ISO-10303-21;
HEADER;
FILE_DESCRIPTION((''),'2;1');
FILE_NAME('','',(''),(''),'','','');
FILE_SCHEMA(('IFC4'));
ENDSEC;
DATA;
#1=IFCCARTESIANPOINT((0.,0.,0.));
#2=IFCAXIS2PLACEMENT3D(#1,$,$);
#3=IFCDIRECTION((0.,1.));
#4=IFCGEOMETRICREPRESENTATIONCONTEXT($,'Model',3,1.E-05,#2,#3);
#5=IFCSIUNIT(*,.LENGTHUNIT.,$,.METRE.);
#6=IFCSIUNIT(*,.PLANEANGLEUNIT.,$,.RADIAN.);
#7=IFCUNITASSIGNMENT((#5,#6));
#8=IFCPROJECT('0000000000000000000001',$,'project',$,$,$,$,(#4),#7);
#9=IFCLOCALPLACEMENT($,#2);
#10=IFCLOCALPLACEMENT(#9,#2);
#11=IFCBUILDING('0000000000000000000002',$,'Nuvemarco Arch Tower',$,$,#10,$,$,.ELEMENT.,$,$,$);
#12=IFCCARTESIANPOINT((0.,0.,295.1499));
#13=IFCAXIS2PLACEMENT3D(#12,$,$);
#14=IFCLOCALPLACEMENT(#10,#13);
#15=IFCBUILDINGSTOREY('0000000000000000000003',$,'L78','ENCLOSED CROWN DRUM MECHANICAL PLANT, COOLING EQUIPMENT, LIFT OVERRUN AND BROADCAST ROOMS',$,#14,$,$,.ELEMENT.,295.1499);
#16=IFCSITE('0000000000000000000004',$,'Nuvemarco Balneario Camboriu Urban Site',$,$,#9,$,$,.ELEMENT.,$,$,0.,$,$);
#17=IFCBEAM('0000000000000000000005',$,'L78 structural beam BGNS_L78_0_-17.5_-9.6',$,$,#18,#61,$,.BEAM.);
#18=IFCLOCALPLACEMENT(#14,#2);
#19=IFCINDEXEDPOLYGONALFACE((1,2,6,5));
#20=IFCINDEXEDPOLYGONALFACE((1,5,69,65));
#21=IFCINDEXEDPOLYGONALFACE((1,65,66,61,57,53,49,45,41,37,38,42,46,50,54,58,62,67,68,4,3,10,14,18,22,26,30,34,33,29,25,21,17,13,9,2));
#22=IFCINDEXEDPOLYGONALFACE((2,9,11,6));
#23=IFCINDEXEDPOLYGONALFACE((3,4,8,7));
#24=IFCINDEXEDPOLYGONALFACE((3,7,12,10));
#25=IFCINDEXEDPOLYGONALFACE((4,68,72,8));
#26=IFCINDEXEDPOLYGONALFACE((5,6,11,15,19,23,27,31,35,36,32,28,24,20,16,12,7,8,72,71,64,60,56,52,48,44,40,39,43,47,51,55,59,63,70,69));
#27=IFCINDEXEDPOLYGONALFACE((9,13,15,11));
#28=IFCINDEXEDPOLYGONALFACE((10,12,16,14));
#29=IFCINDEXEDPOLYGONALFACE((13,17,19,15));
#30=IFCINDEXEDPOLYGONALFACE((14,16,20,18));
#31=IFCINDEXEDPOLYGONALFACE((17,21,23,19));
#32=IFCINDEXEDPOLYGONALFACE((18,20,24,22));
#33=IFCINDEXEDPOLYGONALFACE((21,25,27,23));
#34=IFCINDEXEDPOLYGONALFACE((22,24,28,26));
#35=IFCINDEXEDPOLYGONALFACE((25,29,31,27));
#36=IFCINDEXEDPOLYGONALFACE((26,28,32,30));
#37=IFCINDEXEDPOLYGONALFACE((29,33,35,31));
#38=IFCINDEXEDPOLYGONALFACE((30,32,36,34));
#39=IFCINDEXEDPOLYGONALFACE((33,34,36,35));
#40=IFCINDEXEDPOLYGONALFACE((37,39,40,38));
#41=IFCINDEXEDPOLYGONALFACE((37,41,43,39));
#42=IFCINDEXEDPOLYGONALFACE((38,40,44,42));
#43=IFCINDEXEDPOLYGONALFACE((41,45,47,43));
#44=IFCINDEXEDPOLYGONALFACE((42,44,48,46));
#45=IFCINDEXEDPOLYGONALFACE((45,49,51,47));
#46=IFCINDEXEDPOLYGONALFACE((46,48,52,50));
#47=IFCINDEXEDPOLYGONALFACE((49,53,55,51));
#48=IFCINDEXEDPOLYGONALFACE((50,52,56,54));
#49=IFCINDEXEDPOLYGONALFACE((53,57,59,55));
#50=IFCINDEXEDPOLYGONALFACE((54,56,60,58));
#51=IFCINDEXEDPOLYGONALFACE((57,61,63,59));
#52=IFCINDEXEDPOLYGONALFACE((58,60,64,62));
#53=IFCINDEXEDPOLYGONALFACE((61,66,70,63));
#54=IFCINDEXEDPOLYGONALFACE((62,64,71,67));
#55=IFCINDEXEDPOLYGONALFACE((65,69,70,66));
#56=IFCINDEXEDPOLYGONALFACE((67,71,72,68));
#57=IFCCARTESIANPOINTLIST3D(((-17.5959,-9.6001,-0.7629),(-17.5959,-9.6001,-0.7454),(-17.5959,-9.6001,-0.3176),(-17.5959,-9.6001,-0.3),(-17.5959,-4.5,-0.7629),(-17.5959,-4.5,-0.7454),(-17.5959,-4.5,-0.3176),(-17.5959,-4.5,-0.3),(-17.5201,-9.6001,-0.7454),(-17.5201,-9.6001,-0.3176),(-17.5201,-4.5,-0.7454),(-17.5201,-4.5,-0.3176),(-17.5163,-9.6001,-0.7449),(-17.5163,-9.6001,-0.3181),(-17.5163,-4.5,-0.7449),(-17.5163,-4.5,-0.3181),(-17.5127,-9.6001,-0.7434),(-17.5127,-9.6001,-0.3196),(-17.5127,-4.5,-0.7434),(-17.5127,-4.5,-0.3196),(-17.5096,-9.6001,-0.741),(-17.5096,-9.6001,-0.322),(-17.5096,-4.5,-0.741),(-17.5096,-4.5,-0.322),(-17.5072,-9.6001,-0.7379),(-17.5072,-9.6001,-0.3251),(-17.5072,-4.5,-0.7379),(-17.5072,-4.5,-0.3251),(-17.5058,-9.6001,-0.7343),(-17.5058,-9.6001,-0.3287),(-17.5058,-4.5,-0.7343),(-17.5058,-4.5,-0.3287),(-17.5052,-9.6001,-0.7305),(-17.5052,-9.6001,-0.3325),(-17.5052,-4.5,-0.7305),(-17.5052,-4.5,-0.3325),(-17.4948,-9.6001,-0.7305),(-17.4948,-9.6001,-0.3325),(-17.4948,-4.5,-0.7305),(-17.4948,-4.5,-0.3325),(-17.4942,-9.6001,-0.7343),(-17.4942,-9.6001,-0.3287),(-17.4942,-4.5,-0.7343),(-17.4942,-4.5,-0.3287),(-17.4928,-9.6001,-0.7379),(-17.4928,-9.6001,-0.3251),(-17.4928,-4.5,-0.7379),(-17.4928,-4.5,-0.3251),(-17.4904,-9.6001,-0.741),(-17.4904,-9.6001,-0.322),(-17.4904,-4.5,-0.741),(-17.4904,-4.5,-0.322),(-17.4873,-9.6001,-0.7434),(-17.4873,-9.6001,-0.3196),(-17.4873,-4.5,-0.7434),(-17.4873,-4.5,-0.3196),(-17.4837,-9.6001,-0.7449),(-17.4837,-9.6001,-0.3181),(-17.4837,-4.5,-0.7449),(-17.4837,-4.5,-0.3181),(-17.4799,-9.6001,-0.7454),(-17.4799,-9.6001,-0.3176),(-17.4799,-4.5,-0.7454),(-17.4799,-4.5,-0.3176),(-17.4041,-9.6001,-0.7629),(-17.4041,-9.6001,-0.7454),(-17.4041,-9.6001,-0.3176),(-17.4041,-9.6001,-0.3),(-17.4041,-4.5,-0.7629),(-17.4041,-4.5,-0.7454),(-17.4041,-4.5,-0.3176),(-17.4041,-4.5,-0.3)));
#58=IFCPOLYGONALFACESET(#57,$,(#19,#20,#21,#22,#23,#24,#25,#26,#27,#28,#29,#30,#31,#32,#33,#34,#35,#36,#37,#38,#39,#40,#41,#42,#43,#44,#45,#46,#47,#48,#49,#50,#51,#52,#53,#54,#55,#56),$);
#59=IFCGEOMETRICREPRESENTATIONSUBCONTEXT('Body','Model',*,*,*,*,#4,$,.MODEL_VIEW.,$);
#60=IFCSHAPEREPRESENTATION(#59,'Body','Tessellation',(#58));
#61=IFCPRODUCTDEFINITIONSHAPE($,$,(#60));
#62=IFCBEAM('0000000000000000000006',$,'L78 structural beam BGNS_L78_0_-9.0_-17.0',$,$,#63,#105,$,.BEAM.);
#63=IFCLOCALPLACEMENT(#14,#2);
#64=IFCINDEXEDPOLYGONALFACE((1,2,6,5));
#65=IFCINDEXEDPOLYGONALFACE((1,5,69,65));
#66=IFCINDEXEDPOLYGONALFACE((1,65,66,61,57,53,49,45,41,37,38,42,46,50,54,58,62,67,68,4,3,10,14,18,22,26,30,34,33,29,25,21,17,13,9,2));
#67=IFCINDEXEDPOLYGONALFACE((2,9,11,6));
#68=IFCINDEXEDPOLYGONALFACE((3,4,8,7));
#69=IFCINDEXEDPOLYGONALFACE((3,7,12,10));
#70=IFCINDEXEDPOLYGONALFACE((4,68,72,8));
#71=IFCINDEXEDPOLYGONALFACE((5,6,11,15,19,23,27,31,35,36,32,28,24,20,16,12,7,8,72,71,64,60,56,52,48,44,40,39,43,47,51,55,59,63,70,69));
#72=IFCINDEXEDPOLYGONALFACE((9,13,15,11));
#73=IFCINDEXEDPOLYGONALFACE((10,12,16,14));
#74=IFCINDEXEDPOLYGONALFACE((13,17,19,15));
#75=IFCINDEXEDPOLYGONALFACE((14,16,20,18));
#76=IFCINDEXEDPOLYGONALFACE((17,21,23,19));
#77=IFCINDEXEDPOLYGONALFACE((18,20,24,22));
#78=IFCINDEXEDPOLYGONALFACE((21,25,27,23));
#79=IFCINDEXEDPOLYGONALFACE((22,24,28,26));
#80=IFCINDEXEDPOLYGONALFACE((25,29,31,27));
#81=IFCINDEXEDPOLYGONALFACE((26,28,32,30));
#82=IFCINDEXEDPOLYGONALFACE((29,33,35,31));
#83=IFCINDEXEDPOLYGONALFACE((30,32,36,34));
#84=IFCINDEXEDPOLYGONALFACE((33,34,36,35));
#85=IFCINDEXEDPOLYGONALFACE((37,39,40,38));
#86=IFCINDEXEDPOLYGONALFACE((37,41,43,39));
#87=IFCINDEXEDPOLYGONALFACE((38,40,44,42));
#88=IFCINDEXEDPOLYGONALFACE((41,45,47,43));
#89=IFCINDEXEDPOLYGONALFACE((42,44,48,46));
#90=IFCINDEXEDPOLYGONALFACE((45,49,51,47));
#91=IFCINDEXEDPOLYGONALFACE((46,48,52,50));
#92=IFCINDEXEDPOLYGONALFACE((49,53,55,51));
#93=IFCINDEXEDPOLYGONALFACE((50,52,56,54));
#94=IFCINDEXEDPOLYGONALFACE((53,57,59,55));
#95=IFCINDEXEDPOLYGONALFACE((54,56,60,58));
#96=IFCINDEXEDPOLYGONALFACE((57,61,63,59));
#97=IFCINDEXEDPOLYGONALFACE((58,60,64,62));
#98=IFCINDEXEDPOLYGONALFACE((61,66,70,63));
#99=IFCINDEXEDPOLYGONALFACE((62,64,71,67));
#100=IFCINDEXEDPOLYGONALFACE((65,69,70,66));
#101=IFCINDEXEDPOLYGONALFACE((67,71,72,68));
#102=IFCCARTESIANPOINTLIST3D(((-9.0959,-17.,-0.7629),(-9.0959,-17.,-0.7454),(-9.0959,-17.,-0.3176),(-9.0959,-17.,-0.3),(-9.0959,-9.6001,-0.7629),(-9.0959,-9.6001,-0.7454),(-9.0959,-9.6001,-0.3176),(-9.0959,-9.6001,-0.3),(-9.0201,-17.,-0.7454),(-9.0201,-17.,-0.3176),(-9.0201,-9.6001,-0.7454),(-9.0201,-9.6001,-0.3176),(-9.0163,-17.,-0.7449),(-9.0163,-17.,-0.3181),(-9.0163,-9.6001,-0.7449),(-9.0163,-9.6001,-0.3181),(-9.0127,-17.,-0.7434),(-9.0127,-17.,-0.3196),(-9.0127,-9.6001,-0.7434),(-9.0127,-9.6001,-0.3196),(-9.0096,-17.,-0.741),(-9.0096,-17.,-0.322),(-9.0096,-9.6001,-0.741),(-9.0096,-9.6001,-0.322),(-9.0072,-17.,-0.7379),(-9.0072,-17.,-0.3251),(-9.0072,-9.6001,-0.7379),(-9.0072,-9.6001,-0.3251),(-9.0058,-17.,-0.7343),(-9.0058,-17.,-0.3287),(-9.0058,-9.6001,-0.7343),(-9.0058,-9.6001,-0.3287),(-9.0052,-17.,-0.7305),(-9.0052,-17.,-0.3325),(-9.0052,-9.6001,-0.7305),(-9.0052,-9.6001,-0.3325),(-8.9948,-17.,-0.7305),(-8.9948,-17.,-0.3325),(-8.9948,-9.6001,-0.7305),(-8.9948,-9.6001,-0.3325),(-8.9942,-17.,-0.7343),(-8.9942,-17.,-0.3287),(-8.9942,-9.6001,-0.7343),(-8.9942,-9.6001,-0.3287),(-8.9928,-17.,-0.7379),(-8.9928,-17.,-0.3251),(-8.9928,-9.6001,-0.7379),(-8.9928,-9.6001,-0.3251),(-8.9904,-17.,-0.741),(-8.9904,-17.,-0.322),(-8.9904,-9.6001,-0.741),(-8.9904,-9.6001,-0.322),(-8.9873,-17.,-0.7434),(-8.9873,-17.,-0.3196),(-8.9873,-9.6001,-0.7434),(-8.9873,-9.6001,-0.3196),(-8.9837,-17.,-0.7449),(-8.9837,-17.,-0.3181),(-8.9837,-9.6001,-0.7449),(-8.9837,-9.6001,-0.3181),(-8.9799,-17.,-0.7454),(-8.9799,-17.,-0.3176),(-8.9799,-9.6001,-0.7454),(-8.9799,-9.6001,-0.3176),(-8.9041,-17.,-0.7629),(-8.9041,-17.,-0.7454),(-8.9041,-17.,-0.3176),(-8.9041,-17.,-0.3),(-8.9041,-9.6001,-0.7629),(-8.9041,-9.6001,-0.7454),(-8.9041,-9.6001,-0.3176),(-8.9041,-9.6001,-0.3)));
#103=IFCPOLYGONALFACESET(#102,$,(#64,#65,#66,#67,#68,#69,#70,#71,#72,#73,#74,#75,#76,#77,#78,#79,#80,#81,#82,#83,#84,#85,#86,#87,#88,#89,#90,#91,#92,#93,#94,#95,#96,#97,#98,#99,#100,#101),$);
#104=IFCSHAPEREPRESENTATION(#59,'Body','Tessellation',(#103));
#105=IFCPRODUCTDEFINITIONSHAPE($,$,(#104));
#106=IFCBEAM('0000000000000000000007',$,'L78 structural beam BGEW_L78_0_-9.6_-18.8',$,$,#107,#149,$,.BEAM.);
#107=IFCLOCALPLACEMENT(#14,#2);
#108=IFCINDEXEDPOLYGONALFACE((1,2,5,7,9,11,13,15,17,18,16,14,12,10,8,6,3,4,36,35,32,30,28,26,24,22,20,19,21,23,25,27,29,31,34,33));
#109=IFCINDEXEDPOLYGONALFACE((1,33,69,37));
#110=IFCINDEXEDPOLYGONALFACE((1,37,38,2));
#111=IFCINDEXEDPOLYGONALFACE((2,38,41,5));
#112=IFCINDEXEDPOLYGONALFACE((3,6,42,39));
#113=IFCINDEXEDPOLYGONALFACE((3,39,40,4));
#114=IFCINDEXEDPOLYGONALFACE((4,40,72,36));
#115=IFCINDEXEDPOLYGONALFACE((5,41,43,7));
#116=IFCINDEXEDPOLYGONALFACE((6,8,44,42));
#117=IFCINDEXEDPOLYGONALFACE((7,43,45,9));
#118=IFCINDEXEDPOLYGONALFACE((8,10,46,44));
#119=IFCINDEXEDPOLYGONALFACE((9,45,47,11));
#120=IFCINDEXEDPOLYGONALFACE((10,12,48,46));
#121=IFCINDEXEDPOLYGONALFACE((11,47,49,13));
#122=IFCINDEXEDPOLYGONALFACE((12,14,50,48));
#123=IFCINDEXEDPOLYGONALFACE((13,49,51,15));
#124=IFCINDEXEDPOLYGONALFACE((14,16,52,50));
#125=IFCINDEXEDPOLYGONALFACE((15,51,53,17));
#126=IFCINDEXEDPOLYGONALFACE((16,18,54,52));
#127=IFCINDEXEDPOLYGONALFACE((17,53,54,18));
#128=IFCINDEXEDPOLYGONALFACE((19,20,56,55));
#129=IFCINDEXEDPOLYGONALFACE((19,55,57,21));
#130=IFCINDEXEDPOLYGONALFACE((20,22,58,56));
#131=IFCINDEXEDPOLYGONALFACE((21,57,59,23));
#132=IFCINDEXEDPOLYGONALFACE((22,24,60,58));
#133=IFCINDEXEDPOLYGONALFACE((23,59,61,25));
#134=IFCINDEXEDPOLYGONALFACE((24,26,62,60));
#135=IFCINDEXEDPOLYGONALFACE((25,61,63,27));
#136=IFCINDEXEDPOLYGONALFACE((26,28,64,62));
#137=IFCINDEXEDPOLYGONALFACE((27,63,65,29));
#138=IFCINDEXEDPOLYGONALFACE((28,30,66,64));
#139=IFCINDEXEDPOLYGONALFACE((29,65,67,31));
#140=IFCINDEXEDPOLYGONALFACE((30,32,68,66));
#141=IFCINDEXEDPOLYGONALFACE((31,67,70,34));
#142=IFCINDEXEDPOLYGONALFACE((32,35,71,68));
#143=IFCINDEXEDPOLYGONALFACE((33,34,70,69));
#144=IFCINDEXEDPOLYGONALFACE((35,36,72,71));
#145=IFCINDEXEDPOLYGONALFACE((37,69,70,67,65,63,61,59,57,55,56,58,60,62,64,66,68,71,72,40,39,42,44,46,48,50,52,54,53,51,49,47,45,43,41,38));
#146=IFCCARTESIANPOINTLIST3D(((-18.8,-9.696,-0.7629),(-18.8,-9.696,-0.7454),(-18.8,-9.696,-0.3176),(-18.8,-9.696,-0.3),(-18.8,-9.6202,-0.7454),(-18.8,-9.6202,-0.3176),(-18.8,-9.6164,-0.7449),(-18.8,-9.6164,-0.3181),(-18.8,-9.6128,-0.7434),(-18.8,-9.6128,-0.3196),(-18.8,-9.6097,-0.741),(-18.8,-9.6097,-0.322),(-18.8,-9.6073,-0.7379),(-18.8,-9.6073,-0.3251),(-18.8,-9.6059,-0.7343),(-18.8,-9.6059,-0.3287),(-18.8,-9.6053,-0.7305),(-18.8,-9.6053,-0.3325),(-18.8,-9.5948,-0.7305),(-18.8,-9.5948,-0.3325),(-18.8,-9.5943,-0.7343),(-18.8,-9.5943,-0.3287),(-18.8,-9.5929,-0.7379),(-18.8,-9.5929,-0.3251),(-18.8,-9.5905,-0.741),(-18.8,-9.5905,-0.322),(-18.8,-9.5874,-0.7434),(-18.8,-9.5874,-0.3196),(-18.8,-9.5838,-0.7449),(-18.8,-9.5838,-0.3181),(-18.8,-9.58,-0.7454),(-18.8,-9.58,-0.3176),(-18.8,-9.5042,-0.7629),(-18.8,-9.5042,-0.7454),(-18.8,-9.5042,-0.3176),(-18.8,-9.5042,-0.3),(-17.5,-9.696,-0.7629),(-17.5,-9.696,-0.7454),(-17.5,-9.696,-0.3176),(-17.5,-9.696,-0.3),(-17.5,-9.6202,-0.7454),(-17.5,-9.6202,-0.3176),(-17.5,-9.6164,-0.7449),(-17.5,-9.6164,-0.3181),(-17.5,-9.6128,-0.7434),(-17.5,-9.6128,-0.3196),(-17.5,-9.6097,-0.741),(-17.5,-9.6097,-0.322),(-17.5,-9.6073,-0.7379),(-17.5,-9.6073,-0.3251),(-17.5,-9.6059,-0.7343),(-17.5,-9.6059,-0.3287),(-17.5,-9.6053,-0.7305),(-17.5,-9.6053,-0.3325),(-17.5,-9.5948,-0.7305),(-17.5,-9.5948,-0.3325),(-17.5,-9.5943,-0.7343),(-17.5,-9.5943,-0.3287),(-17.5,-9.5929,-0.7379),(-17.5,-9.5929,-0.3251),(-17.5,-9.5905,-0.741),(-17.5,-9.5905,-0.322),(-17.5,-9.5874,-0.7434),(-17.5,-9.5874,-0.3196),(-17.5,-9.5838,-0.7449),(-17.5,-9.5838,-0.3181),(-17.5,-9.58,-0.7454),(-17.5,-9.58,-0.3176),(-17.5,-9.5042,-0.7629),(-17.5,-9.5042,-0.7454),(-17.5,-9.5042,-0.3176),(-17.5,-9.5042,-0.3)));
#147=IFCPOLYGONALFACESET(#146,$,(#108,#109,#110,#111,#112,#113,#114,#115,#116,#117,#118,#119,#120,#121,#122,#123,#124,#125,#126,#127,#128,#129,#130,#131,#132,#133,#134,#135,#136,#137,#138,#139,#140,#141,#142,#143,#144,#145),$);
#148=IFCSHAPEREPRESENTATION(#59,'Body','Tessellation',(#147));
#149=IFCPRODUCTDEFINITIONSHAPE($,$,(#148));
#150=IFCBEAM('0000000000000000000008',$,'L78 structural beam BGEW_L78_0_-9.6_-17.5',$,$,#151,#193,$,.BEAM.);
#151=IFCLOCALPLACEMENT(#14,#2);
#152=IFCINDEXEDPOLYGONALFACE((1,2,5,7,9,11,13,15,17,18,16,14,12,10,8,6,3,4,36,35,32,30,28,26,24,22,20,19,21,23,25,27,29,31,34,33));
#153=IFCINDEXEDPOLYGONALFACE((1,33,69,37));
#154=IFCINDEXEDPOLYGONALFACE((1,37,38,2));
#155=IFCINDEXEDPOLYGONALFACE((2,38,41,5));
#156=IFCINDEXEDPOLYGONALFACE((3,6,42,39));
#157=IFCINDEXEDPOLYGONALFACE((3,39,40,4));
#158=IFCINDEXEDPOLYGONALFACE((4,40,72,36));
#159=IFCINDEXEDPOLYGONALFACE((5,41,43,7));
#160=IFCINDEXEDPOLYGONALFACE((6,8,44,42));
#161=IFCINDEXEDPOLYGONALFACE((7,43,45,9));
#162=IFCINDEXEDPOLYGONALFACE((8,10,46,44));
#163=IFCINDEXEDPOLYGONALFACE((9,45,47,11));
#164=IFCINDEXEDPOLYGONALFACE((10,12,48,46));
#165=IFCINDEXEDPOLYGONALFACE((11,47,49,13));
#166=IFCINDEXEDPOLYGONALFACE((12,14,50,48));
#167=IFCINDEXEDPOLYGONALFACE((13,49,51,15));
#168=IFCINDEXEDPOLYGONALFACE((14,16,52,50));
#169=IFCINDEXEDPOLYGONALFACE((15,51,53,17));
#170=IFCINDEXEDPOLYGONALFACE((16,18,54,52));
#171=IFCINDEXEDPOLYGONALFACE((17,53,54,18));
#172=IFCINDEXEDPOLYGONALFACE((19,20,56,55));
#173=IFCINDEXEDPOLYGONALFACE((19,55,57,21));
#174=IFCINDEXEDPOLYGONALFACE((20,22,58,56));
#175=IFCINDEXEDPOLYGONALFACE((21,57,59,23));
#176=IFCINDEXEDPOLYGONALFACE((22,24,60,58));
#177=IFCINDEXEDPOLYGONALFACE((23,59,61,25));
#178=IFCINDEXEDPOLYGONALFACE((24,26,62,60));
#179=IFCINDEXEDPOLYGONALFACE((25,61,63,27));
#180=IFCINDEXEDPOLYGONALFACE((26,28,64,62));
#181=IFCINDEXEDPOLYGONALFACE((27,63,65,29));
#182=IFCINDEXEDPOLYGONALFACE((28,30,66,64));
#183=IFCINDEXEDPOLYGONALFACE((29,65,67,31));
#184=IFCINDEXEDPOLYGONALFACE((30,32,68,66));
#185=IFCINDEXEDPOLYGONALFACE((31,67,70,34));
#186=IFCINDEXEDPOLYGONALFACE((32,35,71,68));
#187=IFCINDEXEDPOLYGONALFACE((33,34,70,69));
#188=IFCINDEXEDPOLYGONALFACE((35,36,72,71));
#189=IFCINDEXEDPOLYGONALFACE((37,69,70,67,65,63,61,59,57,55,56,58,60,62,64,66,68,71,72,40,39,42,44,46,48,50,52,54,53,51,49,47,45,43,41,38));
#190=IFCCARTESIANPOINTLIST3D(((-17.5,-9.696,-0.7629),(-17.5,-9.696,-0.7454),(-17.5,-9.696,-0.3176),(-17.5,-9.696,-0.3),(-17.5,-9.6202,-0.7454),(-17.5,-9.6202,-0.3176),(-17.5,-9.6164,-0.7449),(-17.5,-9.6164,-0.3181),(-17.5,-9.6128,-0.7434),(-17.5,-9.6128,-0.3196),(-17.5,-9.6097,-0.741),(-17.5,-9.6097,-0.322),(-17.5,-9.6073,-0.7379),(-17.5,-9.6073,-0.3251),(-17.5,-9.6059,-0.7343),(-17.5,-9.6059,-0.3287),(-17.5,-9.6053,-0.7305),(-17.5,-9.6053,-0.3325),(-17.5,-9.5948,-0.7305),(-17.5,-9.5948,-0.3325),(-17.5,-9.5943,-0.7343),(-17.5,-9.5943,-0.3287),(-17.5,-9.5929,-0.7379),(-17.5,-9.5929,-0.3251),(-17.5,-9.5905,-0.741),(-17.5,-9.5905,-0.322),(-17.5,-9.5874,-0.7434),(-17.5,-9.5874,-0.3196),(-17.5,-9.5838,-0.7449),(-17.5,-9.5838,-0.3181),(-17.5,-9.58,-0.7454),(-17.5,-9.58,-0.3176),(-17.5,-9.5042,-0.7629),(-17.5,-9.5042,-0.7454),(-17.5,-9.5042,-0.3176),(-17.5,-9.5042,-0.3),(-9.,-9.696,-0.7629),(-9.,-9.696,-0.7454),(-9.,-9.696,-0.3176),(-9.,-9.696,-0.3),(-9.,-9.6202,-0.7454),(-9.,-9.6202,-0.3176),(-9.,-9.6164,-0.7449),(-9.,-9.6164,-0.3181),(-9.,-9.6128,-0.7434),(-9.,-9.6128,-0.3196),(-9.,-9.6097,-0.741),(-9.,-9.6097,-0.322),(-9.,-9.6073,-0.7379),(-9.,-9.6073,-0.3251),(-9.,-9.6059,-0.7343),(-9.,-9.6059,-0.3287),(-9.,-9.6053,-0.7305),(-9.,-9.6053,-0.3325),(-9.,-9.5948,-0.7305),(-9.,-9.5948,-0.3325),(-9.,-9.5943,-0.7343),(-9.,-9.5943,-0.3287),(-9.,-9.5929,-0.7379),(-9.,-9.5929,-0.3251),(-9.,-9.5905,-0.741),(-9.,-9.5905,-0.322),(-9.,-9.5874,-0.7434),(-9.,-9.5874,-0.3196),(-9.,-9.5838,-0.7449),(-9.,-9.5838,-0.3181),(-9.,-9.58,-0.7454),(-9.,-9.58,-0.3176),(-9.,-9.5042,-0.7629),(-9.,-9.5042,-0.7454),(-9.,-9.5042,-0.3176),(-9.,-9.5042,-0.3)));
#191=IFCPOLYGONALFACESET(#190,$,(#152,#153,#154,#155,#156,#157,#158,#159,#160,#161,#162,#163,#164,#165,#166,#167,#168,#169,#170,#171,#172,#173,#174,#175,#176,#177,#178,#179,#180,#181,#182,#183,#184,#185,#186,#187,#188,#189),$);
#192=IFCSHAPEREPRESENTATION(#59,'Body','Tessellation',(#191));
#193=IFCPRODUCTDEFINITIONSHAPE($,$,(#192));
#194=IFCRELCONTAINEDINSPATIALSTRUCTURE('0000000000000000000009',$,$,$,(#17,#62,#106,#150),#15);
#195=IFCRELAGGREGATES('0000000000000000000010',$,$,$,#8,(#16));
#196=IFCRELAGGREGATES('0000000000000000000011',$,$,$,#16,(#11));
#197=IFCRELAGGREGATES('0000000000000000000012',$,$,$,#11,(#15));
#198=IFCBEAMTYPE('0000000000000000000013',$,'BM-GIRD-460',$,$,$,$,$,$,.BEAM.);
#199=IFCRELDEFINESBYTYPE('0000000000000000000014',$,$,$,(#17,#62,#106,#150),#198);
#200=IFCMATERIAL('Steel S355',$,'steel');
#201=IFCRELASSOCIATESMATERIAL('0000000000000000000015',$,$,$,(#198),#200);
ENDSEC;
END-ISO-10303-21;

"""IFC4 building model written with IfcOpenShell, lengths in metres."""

from ifc_helpers import new_model, si_unit, direction, frame, origin, origin_2d, place, context, subcontext, project, spatial, i_section, extrude, material, material_profile, profile_set, type_object, element, save


model = new_model("IFC4")

# Units and contexts
model_context = context("Model", 3, precision=1e-05, world=origin(), true_north=direction((0.0, 1.0)))
body_context = subcontext(model_context, "Body", "Model", "MODEL_VIEW")
ifc_project = project(units=[si_unit("LENGTHUNIT", "METRE"), si_unit("PLANEANGLEUNIT", "RADIAN")], contexts=[model_context])

# Site, building, storey
site_placement = place(None, origin())
site = spatial("IfcSite", under=ifc_project, at=site_placement, Name="Nuvemarco Balneario Camboriu Urban Site", CompositionType="ELEMENT", RefElevation=0.0)
building_placement = place(site_placement, origin())
building = spatial("IfcBuilding", under=site, at=building_placement, Name="Nuvemarco Arch Tower", CompositionType="ELEMENT")
storey_placement = place(building_placement, frame((0.0, 0.0, 295.1499)))
storey = spatial("IfcBuildingStorey", under=building, at=storey_placement, Name="L78", Description="ENCLOSED CROWN DRUM MECHANICAL PLANT, COOLING EQUIPMENT, LIFT OVERRUN AND BROADCAST ROOMS", CompositionType="ELEMENT", Elevation=295.1499)

# Shared definitions
ifc_material_1 = material(Name="Steel S355", Category="steel")

# Beams
ifc_material_profile_1 = material_profile(ifc_material_1, i_section(OverallWidth=0.1919, OverallDepth=0.4629, WebThickness=0.0105, FlangeThickness=0.0176, FilletRadius=0.0149, at=origin_2d()), Name="W460x89")
ifc_profile_set_1 = profile_set([ifc_material_profile_1], Name="Steel S355")
beam_type_1 = type_object("IfcBeamType", Name="BM-GIRD-460", PredefinedType="BEAM", material=ifc_profile_set_1)
beam_1_placement = place(storey_placement, frame((-17.5, -9.6001, -0.5315), z_axis=(0.0, 1.0, 0.0), x_axis=(-1.0, 0.0, 0.0)))
element("IfcBeam", 1, at=beam_1_placement, inside=storey, type_object=beam_type_1, Name="L78 structural beam BGNS_L78_0_-17.5_-9.6", PredefinedType="BEAM", context=body_context, shape_type="SweptSolid", body=[
    extrude(i_section(OverallWidth=0.1919, OverallDepth=0.4629, WebThickness=0.0105, FlangeThickness=0.0176, FilletRadius=0.0149, at=origin_2d()), origin(), (0.0, 0.0, 1.0), 5.1001),
])
beam_2_placement = place(storey_placement, frame((-9.0, -17.0, -0.5315), z_axis=(0.0, 1.0, 0.0), x_axis=(-1.0, 0.0, 0.0)))
element("IfcBeam", 2, at=beam_2_placement, inside=storey, type_object=beam_type_1, Name="L78 structural beam BGNS_L78_0_-9.0_-17.0", PredefinedType="BEAM", context=body_context, shape_type="SweptSolid", body=[
    extrude(i_section(OverallWidth=0.1919, OverallDepth=0.4629, WebThickness=0.0105, FlangeThickness=0.0176, FilletRadius=0.0149, at=origin_2d()), origin(), (0.0, 0.0, 1.0), 7.3999),
])
beam_3_placement = place(storey_placement, frame((-18.8, -9.6001, -0.5315), z_axis=(1.0, 0.0, 0.0), x_axis=(0.0, 1.0, 0.0)))
element("IfcBeam", 3, at=beam_3_placement, inside=storey, type_object=beam_type_1, Name="L78 structural beam BGEW_L78_0_-9.6_-18.8", PredefinedType="BEAM", context=body_context, shape_type="SweptSolid", body=[
    extrude(i_section(OverallWidth=0.1919, OverallDepth=0.4629, WebThickness=0.0105, FlangeThickness=0.0176, FilletRadius=0.0149, at=origin_2d()), origin(), (0.0, 0.0, 1.0), 1.3),
])
beam_4_placement = place(storey_placement, frame((-17.5, -9.6001, -0.5315), z_axis=(1.0, 0.0, 0.0), x_axis=(0.0, 1.0, 0.0)))
element("IfcBeam", 4, at=beam_4_placement, inside=storey, type_object=beam_type_1, Name="L78 structural beam BGEW_L78_0_-9.6_-17.5", PredefinedType="BEAM", context=body_context, shape_type="SweptSolid", body=[
    extrude(i_section(OverallWidth=0.1919, OverallDepth=0.4629, WebThickness=0.0105, FlangeThickness=0.0176, FilletRadius=0.0149, at=origin_2d()), origin(), (0.0, 0.0, 1.0), 8.5),
])

save(model, "model.ifc")
